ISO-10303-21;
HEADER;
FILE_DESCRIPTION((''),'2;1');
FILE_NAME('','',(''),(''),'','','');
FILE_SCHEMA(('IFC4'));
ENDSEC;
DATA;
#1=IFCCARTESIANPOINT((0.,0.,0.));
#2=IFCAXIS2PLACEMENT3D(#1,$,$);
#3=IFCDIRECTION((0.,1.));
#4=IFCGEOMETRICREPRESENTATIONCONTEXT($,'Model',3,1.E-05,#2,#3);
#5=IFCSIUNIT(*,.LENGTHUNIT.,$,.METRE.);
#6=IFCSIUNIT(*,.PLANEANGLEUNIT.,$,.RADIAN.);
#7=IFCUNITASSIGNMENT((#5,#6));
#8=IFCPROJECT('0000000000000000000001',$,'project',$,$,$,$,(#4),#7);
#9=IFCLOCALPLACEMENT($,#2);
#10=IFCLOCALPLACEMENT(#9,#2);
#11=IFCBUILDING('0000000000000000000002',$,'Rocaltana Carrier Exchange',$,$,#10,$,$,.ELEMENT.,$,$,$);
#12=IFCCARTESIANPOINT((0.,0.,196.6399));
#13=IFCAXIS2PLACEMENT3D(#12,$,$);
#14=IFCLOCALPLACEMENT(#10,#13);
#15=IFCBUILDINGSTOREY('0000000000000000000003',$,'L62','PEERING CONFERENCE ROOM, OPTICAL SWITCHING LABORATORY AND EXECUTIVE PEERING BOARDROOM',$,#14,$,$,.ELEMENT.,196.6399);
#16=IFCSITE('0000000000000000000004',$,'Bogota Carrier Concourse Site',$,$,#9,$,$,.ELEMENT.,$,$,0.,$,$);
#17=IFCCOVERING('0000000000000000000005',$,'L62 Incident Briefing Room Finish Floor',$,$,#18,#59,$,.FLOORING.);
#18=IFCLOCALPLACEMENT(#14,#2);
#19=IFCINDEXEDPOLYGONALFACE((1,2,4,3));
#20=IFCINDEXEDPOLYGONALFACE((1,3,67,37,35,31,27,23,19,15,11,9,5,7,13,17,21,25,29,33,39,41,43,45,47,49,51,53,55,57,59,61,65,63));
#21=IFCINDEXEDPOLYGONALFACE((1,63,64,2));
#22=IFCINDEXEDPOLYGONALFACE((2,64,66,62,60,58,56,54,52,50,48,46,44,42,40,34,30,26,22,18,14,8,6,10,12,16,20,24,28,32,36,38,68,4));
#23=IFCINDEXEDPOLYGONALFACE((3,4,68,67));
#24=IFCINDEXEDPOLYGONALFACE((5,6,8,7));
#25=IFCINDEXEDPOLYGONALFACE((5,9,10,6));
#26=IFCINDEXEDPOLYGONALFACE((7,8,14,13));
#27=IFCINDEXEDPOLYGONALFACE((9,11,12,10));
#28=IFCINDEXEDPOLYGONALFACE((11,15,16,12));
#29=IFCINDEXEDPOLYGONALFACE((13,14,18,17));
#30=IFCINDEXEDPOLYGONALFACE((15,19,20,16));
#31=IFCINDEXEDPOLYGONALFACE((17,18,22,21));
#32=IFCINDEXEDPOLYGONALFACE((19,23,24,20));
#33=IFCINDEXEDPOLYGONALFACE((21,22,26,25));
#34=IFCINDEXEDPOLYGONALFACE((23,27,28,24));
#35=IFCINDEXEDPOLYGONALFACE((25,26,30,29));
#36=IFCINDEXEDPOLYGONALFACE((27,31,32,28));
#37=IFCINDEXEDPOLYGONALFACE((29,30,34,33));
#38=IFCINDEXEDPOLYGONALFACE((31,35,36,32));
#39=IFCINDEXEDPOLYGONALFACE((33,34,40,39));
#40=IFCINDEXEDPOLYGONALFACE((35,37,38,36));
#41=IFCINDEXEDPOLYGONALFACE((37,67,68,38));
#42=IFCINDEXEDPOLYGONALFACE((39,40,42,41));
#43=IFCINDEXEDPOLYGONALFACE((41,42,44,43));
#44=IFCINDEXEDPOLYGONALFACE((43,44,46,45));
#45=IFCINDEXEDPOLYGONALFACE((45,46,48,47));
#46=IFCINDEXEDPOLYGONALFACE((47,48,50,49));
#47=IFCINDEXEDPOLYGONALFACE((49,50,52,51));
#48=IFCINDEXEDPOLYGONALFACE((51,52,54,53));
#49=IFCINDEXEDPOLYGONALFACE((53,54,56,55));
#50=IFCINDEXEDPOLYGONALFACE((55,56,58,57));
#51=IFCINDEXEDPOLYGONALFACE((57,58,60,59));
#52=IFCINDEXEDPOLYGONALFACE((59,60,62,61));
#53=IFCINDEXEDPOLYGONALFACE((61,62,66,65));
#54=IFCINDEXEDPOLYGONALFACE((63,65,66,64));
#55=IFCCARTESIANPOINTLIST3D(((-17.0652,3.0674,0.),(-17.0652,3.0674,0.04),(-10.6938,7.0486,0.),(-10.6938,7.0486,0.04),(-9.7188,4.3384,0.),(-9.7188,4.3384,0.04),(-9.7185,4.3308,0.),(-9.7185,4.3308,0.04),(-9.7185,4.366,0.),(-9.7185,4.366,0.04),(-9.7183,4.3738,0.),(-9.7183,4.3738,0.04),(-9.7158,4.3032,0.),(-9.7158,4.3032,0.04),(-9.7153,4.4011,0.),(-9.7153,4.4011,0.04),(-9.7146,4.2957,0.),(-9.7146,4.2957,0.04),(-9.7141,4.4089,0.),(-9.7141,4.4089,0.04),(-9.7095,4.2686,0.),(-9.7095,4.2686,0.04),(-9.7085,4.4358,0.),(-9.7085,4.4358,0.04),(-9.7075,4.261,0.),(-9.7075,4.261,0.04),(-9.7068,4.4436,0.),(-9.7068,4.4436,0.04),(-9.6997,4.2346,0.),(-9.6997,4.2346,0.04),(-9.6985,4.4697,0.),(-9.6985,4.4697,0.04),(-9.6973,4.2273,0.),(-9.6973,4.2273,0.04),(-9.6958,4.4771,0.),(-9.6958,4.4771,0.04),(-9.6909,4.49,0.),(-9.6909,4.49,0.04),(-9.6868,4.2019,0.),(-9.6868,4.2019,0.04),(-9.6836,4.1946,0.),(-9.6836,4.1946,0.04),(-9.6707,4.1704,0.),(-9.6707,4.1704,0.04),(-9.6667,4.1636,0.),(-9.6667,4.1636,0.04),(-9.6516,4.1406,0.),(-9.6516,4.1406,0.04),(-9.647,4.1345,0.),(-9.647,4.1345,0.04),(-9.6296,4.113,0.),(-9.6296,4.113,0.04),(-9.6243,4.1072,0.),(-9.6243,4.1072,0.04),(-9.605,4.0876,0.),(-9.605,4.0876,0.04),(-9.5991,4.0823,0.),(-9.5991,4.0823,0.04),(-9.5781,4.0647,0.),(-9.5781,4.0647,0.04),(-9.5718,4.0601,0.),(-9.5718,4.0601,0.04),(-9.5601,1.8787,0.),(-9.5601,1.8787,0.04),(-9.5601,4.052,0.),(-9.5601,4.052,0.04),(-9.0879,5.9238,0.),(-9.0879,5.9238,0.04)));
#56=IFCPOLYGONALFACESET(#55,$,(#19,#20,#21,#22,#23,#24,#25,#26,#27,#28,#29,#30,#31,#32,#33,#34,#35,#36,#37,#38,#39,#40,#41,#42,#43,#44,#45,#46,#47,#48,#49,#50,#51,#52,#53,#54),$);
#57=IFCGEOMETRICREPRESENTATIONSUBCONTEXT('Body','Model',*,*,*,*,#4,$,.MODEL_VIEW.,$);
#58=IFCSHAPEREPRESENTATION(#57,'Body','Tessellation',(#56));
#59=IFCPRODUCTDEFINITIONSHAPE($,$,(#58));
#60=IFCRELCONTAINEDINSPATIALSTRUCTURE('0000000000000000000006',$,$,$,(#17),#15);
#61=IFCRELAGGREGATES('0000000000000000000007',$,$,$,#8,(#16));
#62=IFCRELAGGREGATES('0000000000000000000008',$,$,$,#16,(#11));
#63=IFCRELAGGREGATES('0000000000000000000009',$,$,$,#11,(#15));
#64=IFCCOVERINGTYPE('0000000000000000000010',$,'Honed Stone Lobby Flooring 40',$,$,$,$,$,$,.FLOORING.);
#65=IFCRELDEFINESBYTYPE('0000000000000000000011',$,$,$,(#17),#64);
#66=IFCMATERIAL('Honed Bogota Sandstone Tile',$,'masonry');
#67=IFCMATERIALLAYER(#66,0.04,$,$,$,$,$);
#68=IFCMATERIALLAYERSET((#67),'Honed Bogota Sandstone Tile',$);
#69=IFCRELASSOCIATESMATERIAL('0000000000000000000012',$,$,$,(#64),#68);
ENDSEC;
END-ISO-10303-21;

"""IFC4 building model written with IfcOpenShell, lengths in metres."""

from ifc_helpers import new_model, si_unit, direction, frame, origin, place, context, subcontext, project, spatial, polyline, outline, extrude, material, layer, layer_set, type_object, element, save


model = new_model("IFC4")

# Units and contexts
model_context = context("Model", 3, precision=1e-05, world=origin(), true_north=direction((0.0, 1.0)))
body_context = subcontext(model_context, "Body", "Model", "MODEL_VIEW")
ifc_project = project(units=[si_unit("LENGTHUNIT", "METRE"), si_unit("PLANEANGLEUNIT", "RADIAN")], contexts=[model_context])

# Site, building, storey
site_placement = place(None, origin())
site = spatial("IfcSite", under=ifc_project, at=site_placement, Name="Bogota Carrier Concourse Site", CompositionType="ELEMENT", RefElevation=0.0)
building_placement = place(site_placement, origin())
building = spatial("IfcBuilding", under=site, at=building_placement, Name="Rocaltana Carrier Exchange", CompositionType="ELEMENT")
storey_placement = place(building_placement, frame((0.0, 0.0, 196.6399)))
storey = spatial("IfcBuildingStorey", under=building, at=storey_placement, Name="L62", Description="PEERING CONFERENCE ROOM, OPTICAL SWITCHING LABORATORY AND EXECUTIVE PEERING BOARDROOM", CompositionType="ELEMENT", Elevation=196.6399)

# Covering
ifc_material_1 = material(Name="Honed Bogota Sandstone Tile", Category="masonry")
ifc_layer_1 = layer(ifc_material_1, 0.04)
ifc_layer_set_1 = layer_set([ifc_layer_1], Name="Honed Bogota Sandstone Tile")
covering_type_1 = type_object("IfcCoveringType", Name="Honed Stone Lobby Flooring 40", PredefinedType="FLOORING", material=ifc_layer_set_1)
covering_1_placement = place(storey_placement, origin())
element("IfcCovering", 1, at=covering_1_placement, inside=storey, type_object=covering_type_1, Name="L62 Incident Briefing Room Finish Floor", PredefinedType="FLOORING", context=body_context, shape_type="SweptSolid", body=[
    extrude(outline(polyline([(-10.6938, 7.0486), (-9.0879, 5.9238), (-9.6909, 4.49), (-9.6958, 4.4771), (-9.6985, 4.4697), (-9.7068, 4.4436), (-9.7085, 4.4358), (-9.7141, 4.4089), (-9.7153, 4.4011), (-9.7183, 4.3738), (-9.7185, 4.366), (-9.7188, 4.3384), (-9.7185, 4.3308), (-9.7158, 4.3032), (-9.7146, 4.2957), (-9.7095, 4.2686), (-9.7075, 4.261), (-9.6997, 4.2346), (-9.6973, 4.2273), (-9.6868, 4.2019), (-9.6836, 4.1946), (-9.6707, 4.1704), (-9.6667, 4.1636), (-9.6516, 4.1406), (-9.647, 4.1345), (-9.6296, 4.113), (-9.6243, 4.1072), (-9.605, 4.0876), (-9.5991, 4.0823), (-9.5781, 4.0647), (-9.5718, 4.0601), (-9.5601, 4.052), (-9.5601, 1.8787), (-17.0652, 3.0674), (-10.6938, 7.0486)])), origin(), (0.0, 0.0, 1.0), 0.04),
])

save(model, "model.ifc")
